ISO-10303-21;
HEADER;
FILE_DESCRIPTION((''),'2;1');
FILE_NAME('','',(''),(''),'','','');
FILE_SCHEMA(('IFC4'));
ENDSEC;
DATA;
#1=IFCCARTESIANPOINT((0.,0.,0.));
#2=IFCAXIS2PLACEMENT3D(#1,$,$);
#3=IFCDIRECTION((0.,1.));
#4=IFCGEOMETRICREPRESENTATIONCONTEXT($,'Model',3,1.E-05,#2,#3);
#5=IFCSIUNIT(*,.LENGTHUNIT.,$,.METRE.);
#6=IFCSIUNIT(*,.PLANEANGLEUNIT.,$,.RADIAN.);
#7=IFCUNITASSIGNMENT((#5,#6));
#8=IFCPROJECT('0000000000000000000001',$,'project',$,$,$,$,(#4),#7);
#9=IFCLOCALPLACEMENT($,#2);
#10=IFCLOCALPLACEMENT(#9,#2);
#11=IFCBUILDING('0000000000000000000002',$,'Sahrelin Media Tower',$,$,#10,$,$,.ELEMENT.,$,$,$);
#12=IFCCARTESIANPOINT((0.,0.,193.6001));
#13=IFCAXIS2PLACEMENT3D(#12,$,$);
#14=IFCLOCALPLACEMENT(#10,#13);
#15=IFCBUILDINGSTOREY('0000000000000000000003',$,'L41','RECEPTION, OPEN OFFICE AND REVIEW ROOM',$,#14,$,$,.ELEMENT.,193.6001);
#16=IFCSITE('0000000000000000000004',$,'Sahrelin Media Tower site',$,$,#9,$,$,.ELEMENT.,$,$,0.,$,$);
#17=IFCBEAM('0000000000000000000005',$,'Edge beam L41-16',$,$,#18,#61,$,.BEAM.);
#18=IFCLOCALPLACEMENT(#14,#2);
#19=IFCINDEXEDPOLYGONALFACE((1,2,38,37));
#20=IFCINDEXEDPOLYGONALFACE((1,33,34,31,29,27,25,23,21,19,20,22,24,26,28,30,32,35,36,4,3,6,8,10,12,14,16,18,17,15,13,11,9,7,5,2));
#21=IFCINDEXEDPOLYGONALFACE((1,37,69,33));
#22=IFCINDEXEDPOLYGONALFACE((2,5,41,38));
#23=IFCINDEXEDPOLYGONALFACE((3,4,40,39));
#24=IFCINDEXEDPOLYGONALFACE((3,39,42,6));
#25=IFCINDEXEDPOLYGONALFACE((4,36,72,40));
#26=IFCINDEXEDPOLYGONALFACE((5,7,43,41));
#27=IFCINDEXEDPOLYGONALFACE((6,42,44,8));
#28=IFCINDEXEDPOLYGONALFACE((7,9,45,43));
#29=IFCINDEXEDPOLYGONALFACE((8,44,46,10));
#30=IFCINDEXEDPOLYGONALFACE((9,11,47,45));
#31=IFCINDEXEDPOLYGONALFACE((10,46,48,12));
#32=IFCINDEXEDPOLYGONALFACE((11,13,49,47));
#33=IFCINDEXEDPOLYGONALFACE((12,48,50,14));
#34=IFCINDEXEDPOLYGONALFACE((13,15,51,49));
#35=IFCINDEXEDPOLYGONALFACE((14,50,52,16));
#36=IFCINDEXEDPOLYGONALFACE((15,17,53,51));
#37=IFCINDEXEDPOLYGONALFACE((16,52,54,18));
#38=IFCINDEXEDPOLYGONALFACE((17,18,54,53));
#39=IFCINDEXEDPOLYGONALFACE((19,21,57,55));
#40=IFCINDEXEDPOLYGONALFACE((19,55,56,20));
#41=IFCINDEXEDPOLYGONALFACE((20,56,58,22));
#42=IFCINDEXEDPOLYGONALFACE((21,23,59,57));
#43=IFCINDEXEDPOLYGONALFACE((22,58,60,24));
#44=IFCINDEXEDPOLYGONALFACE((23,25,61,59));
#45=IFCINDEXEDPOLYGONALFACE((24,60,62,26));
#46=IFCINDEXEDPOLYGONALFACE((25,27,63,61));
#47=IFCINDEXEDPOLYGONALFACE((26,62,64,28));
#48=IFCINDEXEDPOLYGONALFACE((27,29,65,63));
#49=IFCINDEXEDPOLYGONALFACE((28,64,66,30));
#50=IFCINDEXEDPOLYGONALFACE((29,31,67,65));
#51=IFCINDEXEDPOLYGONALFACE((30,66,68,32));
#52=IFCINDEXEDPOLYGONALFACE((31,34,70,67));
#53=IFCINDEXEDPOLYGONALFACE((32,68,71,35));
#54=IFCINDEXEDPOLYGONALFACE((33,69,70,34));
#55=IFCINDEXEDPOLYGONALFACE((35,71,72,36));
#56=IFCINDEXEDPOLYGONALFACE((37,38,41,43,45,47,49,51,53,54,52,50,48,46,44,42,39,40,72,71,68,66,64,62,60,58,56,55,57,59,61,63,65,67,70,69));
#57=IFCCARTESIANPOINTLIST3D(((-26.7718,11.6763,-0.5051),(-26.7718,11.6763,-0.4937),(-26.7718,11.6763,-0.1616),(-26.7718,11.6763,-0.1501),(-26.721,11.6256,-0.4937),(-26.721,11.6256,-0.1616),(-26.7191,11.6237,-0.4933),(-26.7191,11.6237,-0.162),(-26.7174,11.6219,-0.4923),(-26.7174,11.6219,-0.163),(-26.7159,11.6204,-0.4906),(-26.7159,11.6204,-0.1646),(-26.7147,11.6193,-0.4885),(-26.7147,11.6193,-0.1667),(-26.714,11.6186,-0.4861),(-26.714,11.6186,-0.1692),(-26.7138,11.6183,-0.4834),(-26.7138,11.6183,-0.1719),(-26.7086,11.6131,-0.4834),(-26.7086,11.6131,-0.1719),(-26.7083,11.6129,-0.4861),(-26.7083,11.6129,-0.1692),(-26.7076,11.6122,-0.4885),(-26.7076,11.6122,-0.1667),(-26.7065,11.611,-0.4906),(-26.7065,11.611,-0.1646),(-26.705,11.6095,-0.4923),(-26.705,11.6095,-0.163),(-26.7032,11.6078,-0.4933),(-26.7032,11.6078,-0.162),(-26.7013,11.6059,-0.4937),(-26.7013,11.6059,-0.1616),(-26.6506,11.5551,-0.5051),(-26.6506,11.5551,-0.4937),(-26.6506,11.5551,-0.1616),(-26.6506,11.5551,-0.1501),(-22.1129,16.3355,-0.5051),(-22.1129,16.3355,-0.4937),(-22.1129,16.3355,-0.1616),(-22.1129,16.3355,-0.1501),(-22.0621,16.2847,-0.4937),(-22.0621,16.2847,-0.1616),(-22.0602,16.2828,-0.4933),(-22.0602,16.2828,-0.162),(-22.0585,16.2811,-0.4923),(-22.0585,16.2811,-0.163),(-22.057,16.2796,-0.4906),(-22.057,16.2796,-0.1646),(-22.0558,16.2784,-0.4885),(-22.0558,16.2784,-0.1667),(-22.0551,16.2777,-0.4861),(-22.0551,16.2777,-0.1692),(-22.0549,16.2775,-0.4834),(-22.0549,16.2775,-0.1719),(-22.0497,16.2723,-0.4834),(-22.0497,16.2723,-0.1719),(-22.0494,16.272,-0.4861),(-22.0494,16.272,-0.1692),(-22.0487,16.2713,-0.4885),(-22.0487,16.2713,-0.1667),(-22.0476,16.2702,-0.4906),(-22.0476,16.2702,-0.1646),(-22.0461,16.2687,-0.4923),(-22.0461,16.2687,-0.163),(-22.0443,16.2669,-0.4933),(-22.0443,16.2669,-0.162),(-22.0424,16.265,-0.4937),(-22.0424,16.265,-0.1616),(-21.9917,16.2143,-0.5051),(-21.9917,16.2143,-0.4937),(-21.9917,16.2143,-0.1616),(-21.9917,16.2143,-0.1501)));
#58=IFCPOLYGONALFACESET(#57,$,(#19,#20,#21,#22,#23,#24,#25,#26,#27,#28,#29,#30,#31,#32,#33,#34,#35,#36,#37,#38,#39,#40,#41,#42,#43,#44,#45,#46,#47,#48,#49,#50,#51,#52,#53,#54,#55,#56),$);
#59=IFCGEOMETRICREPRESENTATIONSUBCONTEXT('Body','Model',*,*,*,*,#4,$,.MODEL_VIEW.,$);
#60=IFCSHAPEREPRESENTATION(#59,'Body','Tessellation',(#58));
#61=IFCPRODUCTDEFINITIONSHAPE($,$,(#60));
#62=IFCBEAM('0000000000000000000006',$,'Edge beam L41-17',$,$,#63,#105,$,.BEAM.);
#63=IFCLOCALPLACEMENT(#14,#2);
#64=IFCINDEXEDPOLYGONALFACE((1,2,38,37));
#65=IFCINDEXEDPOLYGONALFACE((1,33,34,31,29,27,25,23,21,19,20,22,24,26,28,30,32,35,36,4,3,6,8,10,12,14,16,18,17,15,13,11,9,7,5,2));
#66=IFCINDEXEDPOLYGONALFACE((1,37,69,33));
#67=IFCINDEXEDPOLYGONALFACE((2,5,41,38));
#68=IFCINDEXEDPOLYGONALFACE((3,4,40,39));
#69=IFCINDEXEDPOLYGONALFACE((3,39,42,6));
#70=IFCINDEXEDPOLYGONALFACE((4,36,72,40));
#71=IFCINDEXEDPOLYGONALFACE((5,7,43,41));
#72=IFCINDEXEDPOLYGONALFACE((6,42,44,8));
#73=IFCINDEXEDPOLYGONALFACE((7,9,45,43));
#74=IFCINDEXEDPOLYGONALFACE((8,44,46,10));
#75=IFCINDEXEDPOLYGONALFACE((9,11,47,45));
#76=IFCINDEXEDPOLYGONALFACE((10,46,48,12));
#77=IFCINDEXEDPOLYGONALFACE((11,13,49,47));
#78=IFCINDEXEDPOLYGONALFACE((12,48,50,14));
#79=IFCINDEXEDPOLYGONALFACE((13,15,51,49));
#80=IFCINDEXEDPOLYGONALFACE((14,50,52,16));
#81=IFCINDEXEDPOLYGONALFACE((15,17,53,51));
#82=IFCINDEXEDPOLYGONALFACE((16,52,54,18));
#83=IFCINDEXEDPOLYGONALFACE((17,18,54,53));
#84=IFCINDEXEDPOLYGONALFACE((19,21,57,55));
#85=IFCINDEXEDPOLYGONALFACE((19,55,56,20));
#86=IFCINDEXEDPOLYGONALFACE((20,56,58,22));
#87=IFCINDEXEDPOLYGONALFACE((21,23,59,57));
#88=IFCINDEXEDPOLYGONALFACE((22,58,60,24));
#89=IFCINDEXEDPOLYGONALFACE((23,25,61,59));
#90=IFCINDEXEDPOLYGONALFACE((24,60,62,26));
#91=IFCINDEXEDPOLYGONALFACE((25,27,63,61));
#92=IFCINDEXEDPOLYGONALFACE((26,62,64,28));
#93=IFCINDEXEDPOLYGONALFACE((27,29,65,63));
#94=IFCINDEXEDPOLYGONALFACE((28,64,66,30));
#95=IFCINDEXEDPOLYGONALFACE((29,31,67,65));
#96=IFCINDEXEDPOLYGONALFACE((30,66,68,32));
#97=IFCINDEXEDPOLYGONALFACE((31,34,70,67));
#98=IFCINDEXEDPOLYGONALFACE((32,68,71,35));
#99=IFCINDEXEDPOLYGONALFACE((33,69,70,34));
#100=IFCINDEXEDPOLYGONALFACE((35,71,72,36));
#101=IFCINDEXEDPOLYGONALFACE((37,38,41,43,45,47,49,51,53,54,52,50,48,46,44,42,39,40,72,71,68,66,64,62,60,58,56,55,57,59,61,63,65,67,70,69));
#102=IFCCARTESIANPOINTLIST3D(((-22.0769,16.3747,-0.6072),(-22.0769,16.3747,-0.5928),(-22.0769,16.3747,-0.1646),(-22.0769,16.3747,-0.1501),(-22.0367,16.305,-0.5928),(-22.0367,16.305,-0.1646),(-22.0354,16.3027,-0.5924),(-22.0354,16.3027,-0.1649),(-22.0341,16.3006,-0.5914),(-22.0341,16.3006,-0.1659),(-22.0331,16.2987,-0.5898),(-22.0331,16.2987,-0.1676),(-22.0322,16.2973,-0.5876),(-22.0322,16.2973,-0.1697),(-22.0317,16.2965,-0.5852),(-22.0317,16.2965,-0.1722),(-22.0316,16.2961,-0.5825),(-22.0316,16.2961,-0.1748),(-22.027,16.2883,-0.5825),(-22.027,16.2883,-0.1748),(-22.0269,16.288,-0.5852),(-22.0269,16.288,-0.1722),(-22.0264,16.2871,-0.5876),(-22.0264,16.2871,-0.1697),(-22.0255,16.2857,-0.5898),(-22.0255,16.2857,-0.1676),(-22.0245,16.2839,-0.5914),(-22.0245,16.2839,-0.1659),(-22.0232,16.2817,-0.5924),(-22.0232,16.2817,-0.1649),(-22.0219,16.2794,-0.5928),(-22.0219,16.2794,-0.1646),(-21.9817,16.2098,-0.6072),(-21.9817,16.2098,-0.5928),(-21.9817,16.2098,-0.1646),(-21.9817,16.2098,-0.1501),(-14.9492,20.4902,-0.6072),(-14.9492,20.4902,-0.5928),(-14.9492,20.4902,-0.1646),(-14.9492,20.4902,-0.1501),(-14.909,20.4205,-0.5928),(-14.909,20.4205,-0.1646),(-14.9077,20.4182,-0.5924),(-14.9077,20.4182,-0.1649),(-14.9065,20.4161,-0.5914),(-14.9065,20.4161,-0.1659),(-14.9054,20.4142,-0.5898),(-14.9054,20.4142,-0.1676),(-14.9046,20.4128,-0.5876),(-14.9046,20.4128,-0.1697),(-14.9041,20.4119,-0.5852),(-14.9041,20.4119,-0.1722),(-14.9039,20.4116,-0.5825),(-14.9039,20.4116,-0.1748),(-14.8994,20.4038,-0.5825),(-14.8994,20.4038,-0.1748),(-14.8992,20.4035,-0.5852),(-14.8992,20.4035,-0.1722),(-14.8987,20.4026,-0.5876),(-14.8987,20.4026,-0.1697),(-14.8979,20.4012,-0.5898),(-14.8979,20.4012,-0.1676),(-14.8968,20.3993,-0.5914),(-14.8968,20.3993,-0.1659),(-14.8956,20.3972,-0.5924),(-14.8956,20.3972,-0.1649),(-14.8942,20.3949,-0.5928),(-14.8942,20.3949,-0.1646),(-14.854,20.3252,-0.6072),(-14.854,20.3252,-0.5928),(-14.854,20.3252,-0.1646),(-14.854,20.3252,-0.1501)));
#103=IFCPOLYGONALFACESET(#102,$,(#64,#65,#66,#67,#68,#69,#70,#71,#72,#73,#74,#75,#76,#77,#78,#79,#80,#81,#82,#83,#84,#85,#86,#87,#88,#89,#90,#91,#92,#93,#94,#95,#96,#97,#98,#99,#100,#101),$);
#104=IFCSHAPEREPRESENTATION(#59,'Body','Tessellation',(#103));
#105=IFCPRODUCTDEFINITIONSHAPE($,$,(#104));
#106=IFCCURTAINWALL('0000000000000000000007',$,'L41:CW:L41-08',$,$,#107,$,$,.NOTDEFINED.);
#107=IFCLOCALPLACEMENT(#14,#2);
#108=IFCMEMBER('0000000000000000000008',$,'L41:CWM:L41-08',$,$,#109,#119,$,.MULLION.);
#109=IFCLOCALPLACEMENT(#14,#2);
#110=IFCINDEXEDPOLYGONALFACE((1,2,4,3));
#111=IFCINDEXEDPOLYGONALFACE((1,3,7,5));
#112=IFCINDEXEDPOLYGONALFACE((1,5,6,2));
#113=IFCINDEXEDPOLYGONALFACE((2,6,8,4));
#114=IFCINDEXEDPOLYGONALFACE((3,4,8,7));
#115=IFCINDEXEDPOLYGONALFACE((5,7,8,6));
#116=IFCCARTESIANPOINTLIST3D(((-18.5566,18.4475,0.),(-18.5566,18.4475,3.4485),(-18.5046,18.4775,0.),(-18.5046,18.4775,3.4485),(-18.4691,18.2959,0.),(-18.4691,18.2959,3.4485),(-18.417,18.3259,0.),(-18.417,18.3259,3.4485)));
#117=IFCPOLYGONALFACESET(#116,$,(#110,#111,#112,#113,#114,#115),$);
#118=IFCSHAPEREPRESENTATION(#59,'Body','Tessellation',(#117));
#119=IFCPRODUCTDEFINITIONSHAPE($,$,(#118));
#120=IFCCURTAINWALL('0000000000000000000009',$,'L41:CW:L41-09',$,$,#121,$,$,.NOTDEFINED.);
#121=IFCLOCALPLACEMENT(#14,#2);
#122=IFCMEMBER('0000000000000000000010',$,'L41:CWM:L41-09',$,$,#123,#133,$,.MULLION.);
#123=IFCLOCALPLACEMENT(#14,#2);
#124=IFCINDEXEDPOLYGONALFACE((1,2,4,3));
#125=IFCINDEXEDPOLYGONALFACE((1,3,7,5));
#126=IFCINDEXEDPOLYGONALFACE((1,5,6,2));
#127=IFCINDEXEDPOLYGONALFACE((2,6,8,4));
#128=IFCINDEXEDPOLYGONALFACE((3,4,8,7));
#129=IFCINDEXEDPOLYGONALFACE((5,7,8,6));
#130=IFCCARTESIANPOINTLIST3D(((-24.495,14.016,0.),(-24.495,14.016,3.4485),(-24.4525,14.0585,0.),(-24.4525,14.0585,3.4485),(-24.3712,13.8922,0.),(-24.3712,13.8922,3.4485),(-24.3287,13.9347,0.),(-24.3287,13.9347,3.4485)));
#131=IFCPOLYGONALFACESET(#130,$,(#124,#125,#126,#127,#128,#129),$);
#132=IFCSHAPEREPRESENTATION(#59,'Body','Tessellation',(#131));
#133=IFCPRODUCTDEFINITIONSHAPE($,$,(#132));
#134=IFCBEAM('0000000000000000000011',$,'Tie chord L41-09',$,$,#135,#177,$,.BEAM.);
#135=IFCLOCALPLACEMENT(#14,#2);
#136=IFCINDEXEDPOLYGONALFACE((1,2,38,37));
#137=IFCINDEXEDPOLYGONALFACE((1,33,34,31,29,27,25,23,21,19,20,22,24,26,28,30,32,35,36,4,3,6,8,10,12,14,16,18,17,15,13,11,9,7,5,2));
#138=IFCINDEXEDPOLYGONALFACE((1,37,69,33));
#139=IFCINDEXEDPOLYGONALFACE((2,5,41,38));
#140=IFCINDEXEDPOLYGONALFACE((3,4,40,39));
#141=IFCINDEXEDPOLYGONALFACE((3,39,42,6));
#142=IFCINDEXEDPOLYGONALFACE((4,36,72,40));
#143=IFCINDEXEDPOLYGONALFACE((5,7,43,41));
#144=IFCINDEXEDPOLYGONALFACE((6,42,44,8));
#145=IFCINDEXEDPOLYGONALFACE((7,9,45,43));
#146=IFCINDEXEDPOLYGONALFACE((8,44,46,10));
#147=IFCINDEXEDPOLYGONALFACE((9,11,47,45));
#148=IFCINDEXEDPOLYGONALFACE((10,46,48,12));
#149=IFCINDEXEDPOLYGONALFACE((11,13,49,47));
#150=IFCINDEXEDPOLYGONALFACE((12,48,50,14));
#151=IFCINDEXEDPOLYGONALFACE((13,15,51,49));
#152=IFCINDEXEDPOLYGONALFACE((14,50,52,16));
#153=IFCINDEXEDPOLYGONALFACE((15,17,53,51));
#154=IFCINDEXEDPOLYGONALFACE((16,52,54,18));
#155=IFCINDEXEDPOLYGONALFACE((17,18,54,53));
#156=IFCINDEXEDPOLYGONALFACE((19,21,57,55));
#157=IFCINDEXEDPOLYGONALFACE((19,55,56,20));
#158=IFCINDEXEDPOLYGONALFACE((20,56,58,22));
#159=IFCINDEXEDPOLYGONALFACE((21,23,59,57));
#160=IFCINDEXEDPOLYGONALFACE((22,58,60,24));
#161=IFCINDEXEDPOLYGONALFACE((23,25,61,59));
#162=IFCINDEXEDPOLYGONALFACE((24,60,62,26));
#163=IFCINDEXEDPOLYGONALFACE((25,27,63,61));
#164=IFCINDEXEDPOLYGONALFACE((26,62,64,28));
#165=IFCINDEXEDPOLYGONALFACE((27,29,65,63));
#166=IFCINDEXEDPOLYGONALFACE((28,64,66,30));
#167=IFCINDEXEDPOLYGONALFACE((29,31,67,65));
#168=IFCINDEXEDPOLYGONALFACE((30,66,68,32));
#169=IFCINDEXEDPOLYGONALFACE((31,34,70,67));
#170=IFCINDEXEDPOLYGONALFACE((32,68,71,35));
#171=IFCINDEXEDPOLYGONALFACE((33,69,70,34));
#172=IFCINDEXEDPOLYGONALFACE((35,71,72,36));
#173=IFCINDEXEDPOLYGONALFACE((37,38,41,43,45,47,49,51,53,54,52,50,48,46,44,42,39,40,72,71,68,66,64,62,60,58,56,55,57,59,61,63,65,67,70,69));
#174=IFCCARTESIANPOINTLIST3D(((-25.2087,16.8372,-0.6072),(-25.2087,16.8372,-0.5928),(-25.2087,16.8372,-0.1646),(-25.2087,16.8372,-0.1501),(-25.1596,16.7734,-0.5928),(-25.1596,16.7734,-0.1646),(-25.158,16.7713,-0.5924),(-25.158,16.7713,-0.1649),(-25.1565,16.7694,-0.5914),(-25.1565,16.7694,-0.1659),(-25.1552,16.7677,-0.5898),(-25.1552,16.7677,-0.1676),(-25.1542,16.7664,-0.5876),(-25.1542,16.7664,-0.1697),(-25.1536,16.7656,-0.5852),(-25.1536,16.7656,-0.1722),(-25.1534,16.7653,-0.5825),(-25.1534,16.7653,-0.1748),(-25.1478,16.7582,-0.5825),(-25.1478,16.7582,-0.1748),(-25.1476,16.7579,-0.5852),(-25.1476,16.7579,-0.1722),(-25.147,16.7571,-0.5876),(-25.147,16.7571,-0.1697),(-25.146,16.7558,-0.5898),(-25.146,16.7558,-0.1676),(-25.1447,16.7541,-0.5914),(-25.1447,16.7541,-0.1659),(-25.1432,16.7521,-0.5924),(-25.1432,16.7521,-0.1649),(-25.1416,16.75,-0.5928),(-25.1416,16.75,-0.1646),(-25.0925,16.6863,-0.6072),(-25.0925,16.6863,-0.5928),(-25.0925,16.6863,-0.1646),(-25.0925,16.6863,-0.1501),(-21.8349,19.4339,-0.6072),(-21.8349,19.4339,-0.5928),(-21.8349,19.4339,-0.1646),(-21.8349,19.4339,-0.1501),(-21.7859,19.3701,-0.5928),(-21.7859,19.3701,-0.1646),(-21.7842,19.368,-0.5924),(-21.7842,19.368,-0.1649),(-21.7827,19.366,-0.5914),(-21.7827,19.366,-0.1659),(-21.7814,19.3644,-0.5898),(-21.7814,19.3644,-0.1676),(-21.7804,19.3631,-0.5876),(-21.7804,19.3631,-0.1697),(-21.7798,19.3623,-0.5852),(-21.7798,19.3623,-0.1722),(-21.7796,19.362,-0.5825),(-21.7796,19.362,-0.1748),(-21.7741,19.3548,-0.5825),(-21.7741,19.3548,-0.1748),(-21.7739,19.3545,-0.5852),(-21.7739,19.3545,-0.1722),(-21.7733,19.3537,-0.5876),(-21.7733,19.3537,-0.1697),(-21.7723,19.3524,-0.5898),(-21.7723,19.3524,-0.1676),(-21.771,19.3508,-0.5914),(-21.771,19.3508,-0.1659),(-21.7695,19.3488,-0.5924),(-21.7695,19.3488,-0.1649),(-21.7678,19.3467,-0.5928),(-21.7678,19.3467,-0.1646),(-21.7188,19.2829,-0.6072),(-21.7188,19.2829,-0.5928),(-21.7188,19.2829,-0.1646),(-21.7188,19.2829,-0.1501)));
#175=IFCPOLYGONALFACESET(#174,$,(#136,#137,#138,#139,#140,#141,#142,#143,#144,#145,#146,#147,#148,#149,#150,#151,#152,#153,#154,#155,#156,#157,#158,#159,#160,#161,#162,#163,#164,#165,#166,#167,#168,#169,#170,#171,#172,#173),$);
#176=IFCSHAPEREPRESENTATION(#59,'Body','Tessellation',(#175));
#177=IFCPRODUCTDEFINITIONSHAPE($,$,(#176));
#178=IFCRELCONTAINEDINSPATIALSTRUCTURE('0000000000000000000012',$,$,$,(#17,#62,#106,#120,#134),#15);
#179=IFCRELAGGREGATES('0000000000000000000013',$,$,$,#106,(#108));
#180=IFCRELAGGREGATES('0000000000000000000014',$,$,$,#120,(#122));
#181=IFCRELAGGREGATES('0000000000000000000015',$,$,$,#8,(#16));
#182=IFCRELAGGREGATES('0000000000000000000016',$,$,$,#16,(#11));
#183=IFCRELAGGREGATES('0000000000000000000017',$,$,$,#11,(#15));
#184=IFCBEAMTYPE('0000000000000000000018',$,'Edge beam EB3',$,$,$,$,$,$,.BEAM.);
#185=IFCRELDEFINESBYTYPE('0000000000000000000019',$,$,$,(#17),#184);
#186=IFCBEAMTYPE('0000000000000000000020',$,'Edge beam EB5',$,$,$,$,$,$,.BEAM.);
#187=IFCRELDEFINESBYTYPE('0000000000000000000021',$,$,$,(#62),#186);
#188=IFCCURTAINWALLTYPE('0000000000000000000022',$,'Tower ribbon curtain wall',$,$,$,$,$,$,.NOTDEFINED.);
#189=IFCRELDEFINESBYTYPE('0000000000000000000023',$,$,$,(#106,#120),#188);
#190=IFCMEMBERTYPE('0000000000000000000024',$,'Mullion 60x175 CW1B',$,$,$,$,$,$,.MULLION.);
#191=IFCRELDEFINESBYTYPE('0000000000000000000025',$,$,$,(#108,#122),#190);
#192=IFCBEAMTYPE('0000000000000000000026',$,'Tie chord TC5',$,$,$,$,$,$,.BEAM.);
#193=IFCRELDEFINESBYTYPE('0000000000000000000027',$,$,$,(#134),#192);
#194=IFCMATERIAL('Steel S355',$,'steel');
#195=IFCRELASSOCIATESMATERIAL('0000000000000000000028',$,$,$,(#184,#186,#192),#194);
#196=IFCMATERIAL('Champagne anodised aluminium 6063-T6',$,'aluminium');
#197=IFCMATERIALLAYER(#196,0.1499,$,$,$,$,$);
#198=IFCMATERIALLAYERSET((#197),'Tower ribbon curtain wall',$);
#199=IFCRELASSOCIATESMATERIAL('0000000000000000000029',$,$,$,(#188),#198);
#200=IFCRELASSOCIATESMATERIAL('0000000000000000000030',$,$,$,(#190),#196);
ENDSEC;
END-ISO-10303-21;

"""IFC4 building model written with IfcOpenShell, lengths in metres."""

from ifc_helpers import new_model, si_unit, direction, frame, origin, origin_2d, place, context, subcontext, project, spatial, rectangle, i_section, extrude, material, layer, layer_set, material_profile, profile_set, type_object, element, aggregate, save


model = new_model("IFC4")

# Units and contexts
model_context = context("Model", 3, precision=1e-05, world=origin(), true_north=direction((0.0, 1.0)))
body_context = subcontext(model_context, "Body", "Model", "MODEL_VIEW")
ifc_project = project(units=[si_unit("LENGTHUNIT", "METRE"), si_unit("PLANEANGLEUNIT", "RADIAN")], contexts=[model_context])

# Site, building, storey
site_placement = place(None, origin())
site = spatial("IfcSite", under=ifc_project, at=site_placement, Name="Sahrelin Media Tower site", CompositionType="ELEMENT", RefElevation=0.0)
building_placement = place(site_placement, origin())
building = spatial("IfcBuilding", under=site, at=building_placement, Name="Sahrelin Media Tower", CompositionType="ELEMENT")
storey_placement = place(building_placement, frame((0.0, 0.0, 193.6001)))
storey = spatial("IfcBuildingStorey", under=building, at=storey_placement, Name="L41", Description="RECEPTION, OPEN OFFICE AND REVIEW ROOM", CompositionType="ELEMENT", Elevation=193.6001)

# Beams
ifc_material_1 = material(Name="Steel S355", Category="steel")
ifc_material_profile_1 = material_profile(ifc_material_1, i_section(OverallWidth=0.1714, OverallDepth=0.355, WebThickness=0.0073, FlangeThickness=0.0115, FilletRadius=0.0103, at=origin_2d()), Name="UB 356x171x51")
ifc_profile_set_1 = profile_set([ifc_material_profile_1], Name="Steel S355")
beam_type_1 = type_object("IfcBeamType", Name="Edge beam EB3", PredefinedType="BEAM", material=ifc_profile_set_1)
beam_1_placement = place(storey_placement, frame((-26.7112, 11.6157, -0.3276), z_axis=(0.707088, 0.707125, 0.0), x_axis=(-0.707125, 0.707088, 0.0)))
element("IfcBeam", 1, at=beam_1_placement, inside=storey, type_object=beam_type_1, Name="Edge beam L41-16", PredefinedType="BEAM", context=body_context, shape_type="SweptSolid", body=[
    extrude(i_section(OverallWidth=0.1714, OverallDepth=0.355, WebThickness=0.0073, FlangeThickness=0.0115, FilletRadius=0.0103, at=origin_2d()), origin(), (0.0, 0.0, 1.0), 6.5889),
])
ifc_material_profile_2 = material_profile(ifc_material_1, i_section(OverallWidth=0.1904, OverallDepth=0.457, WebThickness=0.009, FlangeThickness=0.0144, FilletRadius=0.0103, at=origin_2d()), Name="UB 457x191x74")
ifc_profile_set_2 = profile_set([ifc_material_profile_2], Name="Steel S355")
beam_type_2 = type_object("IfcBeamType", Name="Edge beam EB5", PredefinedType="BEAM", material=ifc_profile_set_2)
beam_2_placement = place(storey_placement, frame((-22.0293, 16.2922, -0.3787), z_axis=(0.866009, 0.500028, 0.0), x_axis=(-0.500028, 0.866009, 0.0)))
element("IfcBeam", 2, at=beam_2_placement, inside=storey, type_object=beam_type_2, Name="Edge beam L41-17", PredefinedType="BEAM", context=body_context, shape_type="SweptSolid", body=[
    extrude(i_section(OverallWidth=0.1904, OverallDepth=0.457, WebThickness=0.009, FlangeThickness=0.0144, FilletRadius=0.0103, at=origin_2d()), origin(), (0.0, 0.0, 1.0), 8.2305),
])

# Curtain walls, members
ifc_material_2 = material(Name="Champagne anodised aluminium 6063-T6", Category="aluminium")
ifc_layer_1 = layer(ifc_material_2, 0.1499)
ifc_layer_set_1 = layer_set([ifc_layer_1], Name="Tower ribbon curtain wall")
curtain_wall_type = type_object("IfcCurtainWallType", Name="Tower ribbon curtain wall", PredefinedType="NOTDEFINED", material=ifc_layer_set_1)
curtain_wall_1_placement = place(storey_placement, frame((-18.5403, 18.4797, 0.0), z_axis=(0.0, 0.0, 1.0), x_axis=(1.0, 0.0, 0.0)))
curtain_wall_1 = element("IfcCurtainWall", 3, at=curtain_wall_1_placement, inside=storey, type_object=curtain_wall_type, Name="L41:CW:L41-08", PredefinedType="NOTDEFINED")
ifc_material_profile_3 = material_profile(ifc_material_2, rectangle(XDim=0.0601, YDim=0.175, at=origin_2d()), Name="Mullion 60x175")
ifc_profile_set_3 = profile_set([ifc_material_profile_3], Name="Champagne anodised aluminium 6063-T6")
member_type_1 = type_object("IfcMemberType", Name="Mullion 60x175 CW1B", PredefinedType="MULLION", material=ifc_profile_set_3)
member_1_placement = place(storey_placement, frame((-18.4868, 18.3867, 0.0), z_axis=(0.0, 0.0, 1.0), x_axis=(-0.866024, -0.500003, 0.0)))
member_1 = element("IfcMember", 4, at=member_1_placement, type_object=member_type_1, Name="L41:CWM:L41-08", PredefinedType="MULLION", context=body_context, shape_type="SweptSolid", body=[
    extrude(rectangle(XDim=0.0601, YDim=0.175, at=origin_2d()), origin(), (0.0, 0.0, 1.0), 3.4485),
])
curtain_wall_2_placement = place(storey_placement, frame((-24.4878, 14.0513, 0.0), z_axis=(0.0, 0.0, 1.0), x_axis=(1.0, 0.0, 0.0)))
curtain_wall_2 = element("IfcCurtainWall", 5, at=curtain_wall_2_placement, inside=storey, type_object=curtain_wall_type, Name="L41:CW:L41-09", PredefinedType="NOTDEFINED")
member_2_placement = place(storey_placement, frame((-24.4119, 13.9753, 0.0), z_axis=(0.0, 0.0, 1.0), x_axis=(-0.707107, -0.707107, 0.0)))
member_2 = element("IfcMember", 6, at=member_2_placement, type_object=member_type_1, Name="L41:CWM:L41-09", PredefinedType="MULLION", context=body_context, shape_type="SweptSolid", body=[
    extrude(rectangle(XDim=0.0601, YDim=0.175, at=origin_2d()), origin(), (0.0, 0.0, 1.0), 3.4485),
])

# Beam
ifc_material_profile_4 = material_profile(ifc_material_1, i_section(OverallWidth=0.1904, OverallDepth=0.457, WebThickness=0.009, FlangeThickness=0.0144, FilletRadius=0.0103, at=origin_2d()), Name="UB 457x191x74")
ifc_profile_set_4 = profile_set([ifc_material_profile_4], Name="Steel S355")
beam_type_3 = type_object("IfcBeamType", Name="Tie chord TC5", PredefinedType="BEAM", material=ifc_profile_set_4)
beam_3_placement = place(storey_placement, frame((-21.7769, 19.3584, -0.3787), z_axis=(-0.792458, -0.609927, 0.0), x_axis=(0.609927, -0.792458, 0.0)))
element("IfcBeam", 7, at=beam_3_placement, inside=storey, type_object=beam_type_3, Name="Tie chord L41-09", PredefinedType="BEAM", context=body_context, shape_type="SweptSolid", body=[
    extrude(i_section(OverallWidth=0.1904, OverallDepth=0.457, WebThickness=0.009, FlangeThickness=0.0144, FilletRadius=0.0103, at=origin_2d()), origin(), (0.0, 0.0, 1.0), 4.2573),
])

aggregate(curtain_wall_1, [member_1])
aggregate(curtain_wall_2, [member_2])

save(model, "model.ifc")
